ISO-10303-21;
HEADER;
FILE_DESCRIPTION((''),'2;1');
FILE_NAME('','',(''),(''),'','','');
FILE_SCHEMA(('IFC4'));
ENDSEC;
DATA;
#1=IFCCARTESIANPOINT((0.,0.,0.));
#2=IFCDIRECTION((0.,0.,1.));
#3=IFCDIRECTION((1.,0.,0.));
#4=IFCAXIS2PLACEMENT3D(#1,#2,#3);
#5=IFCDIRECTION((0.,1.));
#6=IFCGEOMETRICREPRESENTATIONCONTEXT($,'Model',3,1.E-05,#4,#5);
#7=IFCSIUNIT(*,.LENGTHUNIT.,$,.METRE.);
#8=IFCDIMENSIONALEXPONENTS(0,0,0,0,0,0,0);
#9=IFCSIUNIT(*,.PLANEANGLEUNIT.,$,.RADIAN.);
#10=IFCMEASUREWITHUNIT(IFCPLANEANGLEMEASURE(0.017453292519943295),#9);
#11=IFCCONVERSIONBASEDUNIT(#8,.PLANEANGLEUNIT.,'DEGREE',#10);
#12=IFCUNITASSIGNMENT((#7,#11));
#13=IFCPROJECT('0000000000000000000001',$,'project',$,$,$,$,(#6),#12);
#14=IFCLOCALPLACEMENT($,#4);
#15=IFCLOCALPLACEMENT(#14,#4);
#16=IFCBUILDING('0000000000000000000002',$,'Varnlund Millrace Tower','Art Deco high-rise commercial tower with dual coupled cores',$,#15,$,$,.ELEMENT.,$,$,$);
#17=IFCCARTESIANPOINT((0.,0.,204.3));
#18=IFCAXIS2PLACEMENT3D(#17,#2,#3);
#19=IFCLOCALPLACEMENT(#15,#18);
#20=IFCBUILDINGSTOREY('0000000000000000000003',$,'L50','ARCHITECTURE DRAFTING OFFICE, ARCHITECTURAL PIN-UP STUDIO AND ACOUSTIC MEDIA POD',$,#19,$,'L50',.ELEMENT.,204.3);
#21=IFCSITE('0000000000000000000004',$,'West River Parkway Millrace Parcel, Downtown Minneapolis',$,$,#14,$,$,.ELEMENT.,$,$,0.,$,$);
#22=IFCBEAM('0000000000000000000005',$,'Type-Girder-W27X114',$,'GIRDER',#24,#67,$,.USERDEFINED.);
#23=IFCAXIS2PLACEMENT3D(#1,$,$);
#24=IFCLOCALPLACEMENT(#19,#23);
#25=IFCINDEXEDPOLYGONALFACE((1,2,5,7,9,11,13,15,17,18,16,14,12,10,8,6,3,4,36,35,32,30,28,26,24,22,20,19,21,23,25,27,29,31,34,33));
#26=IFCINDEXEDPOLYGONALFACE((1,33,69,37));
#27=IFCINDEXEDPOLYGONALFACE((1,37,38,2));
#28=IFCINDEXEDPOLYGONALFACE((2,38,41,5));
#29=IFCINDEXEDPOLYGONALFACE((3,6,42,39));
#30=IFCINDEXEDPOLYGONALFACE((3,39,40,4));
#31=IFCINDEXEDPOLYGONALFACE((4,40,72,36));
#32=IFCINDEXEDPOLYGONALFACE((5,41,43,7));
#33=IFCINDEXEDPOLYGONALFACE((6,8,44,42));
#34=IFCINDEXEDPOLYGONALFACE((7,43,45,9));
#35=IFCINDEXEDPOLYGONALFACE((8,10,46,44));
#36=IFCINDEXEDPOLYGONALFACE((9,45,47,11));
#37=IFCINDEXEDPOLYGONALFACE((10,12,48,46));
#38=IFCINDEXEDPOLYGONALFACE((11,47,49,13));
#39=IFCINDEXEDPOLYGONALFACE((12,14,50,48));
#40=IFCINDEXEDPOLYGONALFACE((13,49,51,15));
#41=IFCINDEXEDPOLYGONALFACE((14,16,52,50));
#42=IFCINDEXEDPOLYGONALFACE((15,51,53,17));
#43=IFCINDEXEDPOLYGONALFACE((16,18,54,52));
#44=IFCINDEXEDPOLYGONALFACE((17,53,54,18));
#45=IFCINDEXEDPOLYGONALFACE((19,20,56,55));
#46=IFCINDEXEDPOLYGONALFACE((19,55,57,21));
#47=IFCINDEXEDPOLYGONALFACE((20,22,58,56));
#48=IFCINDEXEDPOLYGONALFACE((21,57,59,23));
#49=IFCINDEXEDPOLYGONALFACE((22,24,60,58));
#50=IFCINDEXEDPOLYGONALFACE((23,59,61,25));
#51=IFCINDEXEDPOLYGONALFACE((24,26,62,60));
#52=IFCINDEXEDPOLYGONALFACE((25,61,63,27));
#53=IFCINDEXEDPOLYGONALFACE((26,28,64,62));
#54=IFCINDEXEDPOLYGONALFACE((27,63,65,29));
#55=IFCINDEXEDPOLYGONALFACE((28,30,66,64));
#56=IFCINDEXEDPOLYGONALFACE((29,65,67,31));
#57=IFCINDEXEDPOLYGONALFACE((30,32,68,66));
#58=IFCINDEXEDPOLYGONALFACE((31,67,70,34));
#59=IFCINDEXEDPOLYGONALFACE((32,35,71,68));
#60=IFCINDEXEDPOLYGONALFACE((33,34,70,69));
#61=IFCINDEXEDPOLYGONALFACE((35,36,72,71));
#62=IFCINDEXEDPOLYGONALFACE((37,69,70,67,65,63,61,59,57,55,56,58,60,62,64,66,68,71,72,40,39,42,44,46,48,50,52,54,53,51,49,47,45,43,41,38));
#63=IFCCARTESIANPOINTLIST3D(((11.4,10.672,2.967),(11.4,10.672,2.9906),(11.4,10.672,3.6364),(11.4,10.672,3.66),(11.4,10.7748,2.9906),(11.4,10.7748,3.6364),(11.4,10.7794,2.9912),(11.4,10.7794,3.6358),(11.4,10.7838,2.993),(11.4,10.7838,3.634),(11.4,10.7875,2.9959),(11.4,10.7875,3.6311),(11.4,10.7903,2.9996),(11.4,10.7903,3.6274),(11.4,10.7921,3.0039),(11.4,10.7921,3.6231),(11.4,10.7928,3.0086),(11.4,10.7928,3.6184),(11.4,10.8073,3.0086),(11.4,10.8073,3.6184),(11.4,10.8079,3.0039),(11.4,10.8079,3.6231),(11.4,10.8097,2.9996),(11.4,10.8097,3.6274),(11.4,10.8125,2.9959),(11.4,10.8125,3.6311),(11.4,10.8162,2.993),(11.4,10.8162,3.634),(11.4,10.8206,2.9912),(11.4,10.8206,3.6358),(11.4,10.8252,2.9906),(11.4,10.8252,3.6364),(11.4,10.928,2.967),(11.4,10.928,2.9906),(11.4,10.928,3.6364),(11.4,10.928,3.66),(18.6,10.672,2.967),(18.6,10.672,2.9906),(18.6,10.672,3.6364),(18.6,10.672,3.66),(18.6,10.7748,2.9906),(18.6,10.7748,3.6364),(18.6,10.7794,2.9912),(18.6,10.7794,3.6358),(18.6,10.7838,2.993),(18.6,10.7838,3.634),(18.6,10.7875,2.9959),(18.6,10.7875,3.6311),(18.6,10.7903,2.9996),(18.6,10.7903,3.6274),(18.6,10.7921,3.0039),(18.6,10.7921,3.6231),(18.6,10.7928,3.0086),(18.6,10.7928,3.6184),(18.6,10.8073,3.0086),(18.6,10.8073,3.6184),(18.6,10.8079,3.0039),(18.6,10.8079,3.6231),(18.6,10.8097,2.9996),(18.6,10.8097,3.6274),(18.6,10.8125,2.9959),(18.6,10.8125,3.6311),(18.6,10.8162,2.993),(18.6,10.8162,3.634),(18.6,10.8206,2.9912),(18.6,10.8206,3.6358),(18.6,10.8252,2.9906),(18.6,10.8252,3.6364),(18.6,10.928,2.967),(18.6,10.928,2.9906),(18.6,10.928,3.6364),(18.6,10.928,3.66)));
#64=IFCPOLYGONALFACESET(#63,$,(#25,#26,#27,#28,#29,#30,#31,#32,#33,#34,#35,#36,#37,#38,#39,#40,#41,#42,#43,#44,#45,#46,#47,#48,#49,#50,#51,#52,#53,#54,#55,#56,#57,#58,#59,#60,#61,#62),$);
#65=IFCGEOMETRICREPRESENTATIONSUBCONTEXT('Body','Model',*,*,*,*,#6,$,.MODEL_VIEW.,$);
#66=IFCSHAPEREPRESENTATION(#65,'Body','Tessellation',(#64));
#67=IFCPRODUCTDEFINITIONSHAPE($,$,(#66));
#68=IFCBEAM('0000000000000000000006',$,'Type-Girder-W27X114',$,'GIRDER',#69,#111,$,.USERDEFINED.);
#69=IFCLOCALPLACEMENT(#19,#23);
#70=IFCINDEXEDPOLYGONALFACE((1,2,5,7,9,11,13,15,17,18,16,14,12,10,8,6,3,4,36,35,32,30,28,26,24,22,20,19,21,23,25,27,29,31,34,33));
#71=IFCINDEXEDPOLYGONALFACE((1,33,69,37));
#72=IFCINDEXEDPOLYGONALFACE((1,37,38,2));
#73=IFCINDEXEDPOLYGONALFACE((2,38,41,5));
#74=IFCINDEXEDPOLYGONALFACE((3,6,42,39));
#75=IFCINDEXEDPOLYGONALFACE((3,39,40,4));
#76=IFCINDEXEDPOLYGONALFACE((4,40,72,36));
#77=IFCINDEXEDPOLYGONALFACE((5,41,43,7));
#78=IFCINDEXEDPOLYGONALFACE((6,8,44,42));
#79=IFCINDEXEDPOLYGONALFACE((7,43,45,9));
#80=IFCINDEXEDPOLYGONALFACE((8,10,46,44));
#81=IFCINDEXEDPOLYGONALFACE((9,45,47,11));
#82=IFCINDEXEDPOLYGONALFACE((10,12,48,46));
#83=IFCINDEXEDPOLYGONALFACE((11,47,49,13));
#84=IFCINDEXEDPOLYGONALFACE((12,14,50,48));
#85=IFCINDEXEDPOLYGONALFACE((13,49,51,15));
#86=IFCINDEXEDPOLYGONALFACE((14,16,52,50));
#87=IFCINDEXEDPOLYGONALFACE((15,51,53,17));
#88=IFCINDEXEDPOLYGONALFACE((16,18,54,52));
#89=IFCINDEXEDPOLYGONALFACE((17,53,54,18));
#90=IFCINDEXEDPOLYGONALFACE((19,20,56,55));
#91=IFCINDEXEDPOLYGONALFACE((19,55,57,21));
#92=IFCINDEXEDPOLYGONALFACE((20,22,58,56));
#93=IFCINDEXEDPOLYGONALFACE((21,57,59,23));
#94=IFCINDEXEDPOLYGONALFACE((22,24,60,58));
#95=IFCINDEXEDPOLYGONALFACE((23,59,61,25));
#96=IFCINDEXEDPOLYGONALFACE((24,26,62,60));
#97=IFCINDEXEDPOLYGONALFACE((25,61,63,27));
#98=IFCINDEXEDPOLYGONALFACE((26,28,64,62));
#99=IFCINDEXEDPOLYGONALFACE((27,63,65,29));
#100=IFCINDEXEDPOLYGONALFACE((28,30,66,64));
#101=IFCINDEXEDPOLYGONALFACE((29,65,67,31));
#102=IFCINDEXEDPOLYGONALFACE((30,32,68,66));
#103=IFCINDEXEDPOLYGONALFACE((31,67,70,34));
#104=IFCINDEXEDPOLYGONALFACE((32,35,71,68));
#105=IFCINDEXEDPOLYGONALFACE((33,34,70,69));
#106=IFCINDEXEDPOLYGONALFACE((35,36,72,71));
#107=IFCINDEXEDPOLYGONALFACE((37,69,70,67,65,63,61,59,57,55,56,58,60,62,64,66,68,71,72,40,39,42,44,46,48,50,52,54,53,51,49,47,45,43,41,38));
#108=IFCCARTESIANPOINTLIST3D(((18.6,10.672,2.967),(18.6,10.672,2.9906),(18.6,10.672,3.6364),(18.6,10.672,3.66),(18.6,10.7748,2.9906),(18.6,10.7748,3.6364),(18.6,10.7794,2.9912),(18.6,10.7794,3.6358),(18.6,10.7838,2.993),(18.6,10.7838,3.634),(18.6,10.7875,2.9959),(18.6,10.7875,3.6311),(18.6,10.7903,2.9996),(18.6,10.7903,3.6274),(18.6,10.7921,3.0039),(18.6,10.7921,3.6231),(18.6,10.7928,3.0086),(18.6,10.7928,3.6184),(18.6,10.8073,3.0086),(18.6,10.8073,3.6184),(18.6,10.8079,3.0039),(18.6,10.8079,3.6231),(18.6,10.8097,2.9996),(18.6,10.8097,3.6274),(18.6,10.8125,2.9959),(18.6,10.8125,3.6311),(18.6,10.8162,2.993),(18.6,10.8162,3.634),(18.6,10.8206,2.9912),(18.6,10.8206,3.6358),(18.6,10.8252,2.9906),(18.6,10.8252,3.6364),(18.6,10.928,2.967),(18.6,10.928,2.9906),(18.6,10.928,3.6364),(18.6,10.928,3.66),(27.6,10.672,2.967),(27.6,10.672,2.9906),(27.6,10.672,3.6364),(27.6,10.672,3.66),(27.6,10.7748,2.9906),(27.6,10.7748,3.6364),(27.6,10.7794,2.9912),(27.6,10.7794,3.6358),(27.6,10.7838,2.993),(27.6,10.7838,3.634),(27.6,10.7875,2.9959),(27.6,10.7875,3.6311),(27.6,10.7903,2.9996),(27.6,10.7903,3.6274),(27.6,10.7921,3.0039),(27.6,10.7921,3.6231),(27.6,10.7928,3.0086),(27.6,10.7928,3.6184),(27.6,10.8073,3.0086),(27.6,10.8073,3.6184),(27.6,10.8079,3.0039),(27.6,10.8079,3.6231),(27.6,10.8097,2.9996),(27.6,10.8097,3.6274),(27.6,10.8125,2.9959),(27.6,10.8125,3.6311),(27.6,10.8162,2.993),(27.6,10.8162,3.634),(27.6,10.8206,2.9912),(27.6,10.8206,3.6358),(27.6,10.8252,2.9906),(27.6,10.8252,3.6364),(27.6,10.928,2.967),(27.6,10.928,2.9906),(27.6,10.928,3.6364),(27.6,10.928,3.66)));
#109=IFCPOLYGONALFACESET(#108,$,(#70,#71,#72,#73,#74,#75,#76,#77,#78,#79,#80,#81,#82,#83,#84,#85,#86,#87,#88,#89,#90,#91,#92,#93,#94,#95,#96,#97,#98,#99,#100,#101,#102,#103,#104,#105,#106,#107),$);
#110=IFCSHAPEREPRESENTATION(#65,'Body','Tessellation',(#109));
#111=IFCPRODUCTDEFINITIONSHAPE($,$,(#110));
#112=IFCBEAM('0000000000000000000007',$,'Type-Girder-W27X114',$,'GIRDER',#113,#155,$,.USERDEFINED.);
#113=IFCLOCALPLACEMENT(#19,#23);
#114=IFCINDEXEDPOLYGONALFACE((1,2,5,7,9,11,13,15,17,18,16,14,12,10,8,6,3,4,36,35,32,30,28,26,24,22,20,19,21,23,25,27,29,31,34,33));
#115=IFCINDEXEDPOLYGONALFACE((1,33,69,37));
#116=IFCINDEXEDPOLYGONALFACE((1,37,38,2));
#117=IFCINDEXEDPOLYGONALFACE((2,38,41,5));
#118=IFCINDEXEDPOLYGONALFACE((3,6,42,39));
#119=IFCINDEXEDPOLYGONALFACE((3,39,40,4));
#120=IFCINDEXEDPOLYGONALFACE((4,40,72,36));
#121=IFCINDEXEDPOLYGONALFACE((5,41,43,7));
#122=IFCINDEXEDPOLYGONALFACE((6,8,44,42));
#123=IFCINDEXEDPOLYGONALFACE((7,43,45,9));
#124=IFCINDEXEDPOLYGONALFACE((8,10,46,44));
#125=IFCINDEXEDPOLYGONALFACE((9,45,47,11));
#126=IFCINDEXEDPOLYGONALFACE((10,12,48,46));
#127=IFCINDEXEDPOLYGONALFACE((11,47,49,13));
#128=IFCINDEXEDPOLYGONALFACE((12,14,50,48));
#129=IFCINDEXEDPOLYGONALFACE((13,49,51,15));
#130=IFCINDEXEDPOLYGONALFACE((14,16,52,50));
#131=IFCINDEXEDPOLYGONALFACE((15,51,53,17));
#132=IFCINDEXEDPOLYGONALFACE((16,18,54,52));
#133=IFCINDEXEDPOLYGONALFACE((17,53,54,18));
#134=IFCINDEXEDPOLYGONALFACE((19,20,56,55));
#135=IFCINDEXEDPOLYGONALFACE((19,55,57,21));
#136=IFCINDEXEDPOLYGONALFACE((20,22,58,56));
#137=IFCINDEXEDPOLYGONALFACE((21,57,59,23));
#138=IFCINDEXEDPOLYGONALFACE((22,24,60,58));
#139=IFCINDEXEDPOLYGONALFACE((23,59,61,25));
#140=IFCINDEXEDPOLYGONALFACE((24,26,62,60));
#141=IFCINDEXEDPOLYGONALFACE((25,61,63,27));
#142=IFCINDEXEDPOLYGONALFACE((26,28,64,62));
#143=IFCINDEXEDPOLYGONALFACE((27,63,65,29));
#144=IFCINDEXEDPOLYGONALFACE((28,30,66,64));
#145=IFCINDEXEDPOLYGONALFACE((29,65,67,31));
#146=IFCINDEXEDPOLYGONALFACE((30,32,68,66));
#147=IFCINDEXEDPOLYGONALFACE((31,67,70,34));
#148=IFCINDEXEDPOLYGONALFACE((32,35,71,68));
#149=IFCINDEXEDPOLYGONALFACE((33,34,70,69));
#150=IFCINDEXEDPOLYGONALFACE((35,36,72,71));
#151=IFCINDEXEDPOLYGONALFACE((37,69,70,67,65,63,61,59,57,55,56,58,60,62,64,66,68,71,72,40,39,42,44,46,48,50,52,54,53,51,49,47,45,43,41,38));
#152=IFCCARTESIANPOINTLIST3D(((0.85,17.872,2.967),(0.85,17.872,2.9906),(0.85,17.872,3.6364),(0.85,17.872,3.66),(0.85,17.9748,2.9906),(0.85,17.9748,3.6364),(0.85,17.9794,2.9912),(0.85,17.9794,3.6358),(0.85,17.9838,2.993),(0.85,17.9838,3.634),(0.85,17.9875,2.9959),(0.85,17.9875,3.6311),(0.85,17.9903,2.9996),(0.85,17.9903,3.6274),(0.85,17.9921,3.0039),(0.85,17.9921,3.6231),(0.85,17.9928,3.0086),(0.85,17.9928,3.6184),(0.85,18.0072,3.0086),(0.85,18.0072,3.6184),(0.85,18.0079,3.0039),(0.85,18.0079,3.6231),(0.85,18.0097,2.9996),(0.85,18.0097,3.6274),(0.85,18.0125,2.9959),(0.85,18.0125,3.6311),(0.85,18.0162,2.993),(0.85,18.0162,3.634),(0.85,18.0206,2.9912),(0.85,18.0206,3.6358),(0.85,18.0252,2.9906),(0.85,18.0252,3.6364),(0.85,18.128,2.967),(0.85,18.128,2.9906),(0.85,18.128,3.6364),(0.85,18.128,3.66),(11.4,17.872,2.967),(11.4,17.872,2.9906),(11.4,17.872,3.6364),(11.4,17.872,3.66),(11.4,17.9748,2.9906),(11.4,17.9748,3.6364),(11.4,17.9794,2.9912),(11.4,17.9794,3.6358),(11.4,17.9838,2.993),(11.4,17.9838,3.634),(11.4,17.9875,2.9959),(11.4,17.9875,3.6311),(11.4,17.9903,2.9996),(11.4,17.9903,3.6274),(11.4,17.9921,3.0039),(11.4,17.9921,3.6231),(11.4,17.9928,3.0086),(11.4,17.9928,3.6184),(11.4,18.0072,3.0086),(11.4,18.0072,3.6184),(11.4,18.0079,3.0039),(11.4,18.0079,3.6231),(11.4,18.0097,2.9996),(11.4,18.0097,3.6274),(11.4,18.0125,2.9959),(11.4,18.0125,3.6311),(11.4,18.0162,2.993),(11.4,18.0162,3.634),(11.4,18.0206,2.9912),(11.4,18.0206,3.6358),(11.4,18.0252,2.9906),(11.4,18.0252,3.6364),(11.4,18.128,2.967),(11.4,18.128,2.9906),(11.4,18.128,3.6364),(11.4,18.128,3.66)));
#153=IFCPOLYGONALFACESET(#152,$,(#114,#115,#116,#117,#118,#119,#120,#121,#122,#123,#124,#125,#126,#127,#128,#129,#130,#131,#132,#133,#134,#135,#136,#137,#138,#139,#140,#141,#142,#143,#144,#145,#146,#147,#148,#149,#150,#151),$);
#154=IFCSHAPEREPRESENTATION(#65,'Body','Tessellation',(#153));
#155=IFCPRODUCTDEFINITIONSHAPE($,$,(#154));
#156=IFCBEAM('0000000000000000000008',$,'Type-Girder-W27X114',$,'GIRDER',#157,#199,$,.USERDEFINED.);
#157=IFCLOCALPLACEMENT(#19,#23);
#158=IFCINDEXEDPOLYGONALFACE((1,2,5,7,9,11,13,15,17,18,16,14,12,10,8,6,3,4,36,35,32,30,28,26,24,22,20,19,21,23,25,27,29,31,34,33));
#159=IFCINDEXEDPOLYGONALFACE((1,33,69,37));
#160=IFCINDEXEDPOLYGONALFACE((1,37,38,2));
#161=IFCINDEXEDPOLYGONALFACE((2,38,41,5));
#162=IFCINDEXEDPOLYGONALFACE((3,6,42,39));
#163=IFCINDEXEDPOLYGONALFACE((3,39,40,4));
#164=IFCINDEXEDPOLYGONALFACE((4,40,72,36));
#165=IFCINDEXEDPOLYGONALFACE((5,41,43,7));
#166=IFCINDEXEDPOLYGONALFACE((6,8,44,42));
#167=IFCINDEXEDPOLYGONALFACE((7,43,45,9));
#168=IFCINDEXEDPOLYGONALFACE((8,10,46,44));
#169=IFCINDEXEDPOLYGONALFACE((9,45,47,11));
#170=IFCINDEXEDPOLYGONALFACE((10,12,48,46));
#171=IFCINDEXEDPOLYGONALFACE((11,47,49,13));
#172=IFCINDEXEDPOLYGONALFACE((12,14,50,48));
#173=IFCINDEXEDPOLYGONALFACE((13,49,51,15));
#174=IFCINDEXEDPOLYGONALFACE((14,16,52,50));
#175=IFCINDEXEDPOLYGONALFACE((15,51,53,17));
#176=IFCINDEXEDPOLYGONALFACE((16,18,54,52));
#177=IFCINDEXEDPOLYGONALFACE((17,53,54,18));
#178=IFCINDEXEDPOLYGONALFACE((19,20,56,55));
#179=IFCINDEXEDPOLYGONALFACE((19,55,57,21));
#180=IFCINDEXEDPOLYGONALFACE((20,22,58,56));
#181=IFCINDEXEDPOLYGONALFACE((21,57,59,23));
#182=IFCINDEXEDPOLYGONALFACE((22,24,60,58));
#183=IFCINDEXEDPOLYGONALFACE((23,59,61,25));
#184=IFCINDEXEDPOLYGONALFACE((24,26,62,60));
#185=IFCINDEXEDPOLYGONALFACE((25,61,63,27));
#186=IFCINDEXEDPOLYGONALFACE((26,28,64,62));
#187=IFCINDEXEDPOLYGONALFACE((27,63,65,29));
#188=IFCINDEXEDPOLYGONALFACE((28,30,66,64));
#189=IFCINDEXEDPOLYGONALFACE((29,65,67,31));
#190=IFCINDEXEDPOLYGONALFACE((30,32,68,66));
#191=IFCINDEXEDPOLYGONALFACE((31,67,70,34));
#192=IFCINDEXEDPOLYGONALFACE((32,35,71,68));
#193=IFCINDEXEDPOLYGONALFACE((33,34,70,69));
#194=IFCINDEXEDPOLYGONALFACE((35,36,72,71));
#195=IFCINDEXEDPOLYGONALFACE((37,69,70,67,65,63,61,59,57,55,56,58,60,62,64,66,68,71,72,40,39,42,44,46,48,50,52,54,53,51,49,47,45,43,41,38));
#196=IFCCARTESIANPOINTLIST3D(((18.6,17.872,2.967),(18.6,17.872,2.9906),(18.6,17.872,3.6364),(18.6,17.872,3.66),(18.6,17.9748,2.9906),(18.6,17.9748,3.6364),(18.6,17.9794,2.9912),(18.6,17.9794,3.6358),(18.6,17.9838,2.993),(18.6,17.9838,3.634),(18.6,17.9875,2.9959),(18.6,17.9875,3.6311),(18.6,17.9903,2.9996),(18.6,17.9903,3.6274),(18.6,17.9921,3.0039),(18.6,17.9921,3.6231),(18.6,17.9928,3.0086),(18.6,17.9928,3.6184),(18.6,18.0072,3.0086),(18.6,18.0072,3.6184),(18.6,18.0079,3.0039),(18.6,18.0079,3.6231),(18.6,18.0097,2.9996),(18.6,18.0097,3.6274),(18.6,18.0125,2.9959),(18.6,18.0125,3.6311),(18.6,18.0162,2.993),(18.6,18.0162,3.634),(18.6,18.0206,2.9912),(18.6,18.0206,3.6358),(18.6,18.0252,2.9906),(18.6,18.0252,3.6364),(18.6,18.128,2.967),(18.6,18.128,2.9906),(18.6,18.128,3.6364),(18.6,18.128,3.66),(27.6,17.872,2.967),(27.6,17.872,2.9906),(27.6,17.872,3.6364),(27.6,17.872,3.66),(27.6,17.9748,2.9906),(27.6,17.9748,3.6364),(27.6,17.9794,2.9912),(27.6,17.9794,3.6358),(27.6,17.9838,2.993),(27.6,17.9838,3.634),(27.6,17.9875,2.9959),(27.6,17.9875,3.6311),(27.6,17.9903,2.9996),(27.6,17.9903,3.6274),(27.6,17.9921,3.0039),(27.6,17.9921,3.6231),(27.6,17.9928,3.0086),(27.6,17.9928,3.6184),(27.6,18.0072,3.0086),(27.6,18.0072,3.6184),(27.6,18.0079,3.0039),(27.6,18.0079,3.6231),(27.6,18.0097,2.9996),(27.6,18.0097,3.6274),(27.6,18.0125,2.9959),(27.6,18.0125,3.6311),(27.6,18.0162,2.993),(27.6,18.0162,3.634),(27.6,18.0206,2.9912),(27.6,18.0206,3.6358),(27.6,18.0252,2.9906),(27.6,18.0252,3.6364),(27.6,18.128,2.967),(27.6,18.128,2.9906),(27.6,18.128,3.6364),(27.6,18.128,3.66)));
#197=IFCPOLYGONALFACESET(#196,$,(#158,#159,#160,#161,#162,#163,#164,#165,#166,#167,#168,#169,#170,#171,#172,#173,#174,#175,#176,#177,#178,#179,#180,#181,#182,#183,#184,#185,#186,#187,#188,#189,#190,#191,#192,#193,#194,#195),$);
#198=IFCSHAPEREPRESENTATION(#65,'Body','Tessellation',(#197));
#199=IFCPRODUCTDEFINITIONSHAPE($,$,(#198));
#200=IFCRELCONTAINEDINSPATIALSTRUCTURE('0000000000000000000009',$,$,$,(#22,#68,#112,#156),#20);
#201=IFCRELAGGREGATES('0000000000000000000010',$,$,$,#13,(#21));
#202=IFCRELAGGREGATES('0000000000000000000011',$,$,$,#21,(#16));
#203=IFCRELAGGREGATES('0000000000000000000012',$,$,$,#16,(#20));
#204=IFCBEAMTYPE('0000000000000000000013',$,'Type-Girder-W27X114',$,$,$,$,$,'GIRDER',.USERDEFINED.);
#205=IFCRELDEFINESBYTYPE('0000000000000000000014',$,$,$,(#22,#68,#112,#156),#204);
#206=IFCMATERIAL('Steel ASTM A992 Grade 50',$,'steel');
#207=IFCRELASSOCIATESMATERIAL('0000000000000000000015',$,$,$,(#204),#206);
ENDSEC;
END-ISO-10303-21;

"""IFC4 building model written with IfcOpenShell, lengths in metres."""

from ifc_helpers import new_model, entity, si_unit, converted_unit, direction, frame, origin_with_axes, origin_2d_with_axis, place, context, subcontext, project, spatial, i_section, extrude, material, material_profile, profile_set, type_object, element, save


model = new_model("IFC4")

# Units and contexts
model_context = context("Model", 3, precision=1e-05, world=origin_with_axes(), true_north=direction((0.0, 1.0)))
body_context = subcontext(model_context, "Body", "Model", "MODEL_VIEW")
ifc_project = project(units=[si_unit("LENGTHUNIT", "METRE"), converted_unit("PLANEANGLEUNIT", "DEGREE", entity("IfcPlaneAngleMeasure", 0.017453292519943295), si_unit("PLANEANGLEUNIT", "RADIAN"), dimensions=[0, 0, 0, 0, 0, 0, 0])], contexts=[model_context])

# Site, building, storey
site_placement = place(None, origin_with_axes())
site = spatial("IfcSite", under=ifc_project, at=site_placement, Name="West River Parkway Millrace Parcel, Downtown Minneapolis", CompositionType="ELEMENT", RefElevation=0.0)
building_placement = place(site_placement, origin_with_axes())
building = spatial("IfcBuilding", under=site, at=building_placement, Name="Varnlund Millrace Tower", Description="Art Deco high-rise commercial tower with dual coupled cores", CompositionType="ELEMENT")
storey_placement = place(building_placement, frame((0.0, 0.0, 204.3), z_axis=(0.0, 0.0, 1.0), x_axis=(1.0, 0.0, 0.0)))
storey = spatial("IfcBuildingStorey", under=building, at=storey_placement, Name="L50", Description="ARCHITECTURE DRAFTING OFFICE, ARCHITECTURAL PIN-UP STUDIO AND ACOUSTIC MEDIA POD", LongName="L50", CompositionType="ELEMENT", Elevation=204.3)

# Beams
ifc_material_1 = material(Name="Steel ASTM A992 Grade 50", Category="steel")
ifc_material_profile_1 = material_profile(ifc_material_1, i_section(OverallWidth=0.256, OverallDepth=0.693, WebThickness=0.0145, FlangeThickness=0.0236, FilletRadius=0.018, at=origin_2d_with_axis()), Name="Steel ASTM A992 Grade 50")
ifc_profile_set_1 = profile_set([ifc_material_profile_1], Name="Steel ASTM A992 Grade 50")
beam_type_1 = type_object("IfcBeamType", Name="Type-Girder-W27X114", ElementType="GIRDER", PredefinedType="USERDEFINED", material=ifc_profile_set_1)
beam_1_placement = place(storey_placement, frame((11.4, 10.8, 3.3135), z_axis=(1.0, 0.0, 0.0), x_axis=(0.0, 1.0, 0.0)))
element("IfcBeam", 1, at=beam_1_placement, inside=storey, type_object=beam_type_1, Name="Type-Girder-W27X114", ObjectType="GIRDER", PredefinedType="USERDEFINED", context=body_context, shape_type="SweptSolid", body=[
    extrude(i_section(OverallWidth=0.256, OverallDepth=0.693, WebThickness=0.0145, FlangeThickness=0.0236, FilletRadius=0.018, at=origin_2d_with_axis()), origin_with_axes(), (0.0, 0.0, 1.0), 7.2),
])
beam_2_placement = place(storey_placement, frame((18.6, 10.8, 3.3135), z_axis=(1.0, 0.0, 0.0), x_axis=(0.0, 1.0, 0.0)))
element("IfcBeam", 2, at=beam_2_placement, inside=storey, type_object=beam_type_1, Name="Type-Girder-W27X114", ObjectType="GIRDER", PredefinedType="USERDEFINED", context=body_context, shape_type="SweptSolid", body=[
    extrude(i_section(OverallWidth=0.256, OverallDepth=0.693, WebThickness=0.0145, FlangeThickness=0.0236, FilletRadius=0.018, at=origin_2d_with_axis()), origin_with_axes(), (0.0, 0.0, 1.0), 9.0),
])
beam_3_placement = place(storey_placement, frame((0.85, 18.0, 3.3135), z_axis=(1.0, 0.0, 0.0), x_axis=(0.0, 1.0, 0.0)))
element("IfcBeam", 3, at=beam_3_placement, inside=storey, type_object=beam_type_1, Name="Type-Girder-W27X114", ObjectType="GIRDER", PredefinedType="USERDEFINED", context=body_context, shape_type="SweptSolid", body=[
    extrude(i_section(OverallWidth=0.256, OverallDepth=0.693, WebThickness=0.0145, FlangeThickness=0.0236, FilletRadius=0.018, at=origin_2d_with_axis()), origin_with_axes(), (0.0, 0.0, 1.0), 10.55),
])
beam_4_placement = place(storey_placement, frame((18.6, 18.0, 3.3135), z_axis=(1.0, 0.0, 0.0), x_axis=(0.0, 1.0, 0.0)))
element("IfcBeam", 4, at=beam_4_placement, inside=storey, type_object=beam_type_1, Name="Type-Girder-W27X114", ObjectType="GIRDER", PredefinedType="USERDEFINED", context=body_context, shape_type="SweptSolid", body=[
    extrude(i_section(OverallWidth=0.256, OverallDepth=0.693, WebThickness=0.0145, FlangeThickness=0.0236, FilletRadius=0.018, at=origin_2d_with_axis()), origin_with_axes(), (0.0, 0.0, 1.0), 9.0),
])

save(model, "model.ifc")
